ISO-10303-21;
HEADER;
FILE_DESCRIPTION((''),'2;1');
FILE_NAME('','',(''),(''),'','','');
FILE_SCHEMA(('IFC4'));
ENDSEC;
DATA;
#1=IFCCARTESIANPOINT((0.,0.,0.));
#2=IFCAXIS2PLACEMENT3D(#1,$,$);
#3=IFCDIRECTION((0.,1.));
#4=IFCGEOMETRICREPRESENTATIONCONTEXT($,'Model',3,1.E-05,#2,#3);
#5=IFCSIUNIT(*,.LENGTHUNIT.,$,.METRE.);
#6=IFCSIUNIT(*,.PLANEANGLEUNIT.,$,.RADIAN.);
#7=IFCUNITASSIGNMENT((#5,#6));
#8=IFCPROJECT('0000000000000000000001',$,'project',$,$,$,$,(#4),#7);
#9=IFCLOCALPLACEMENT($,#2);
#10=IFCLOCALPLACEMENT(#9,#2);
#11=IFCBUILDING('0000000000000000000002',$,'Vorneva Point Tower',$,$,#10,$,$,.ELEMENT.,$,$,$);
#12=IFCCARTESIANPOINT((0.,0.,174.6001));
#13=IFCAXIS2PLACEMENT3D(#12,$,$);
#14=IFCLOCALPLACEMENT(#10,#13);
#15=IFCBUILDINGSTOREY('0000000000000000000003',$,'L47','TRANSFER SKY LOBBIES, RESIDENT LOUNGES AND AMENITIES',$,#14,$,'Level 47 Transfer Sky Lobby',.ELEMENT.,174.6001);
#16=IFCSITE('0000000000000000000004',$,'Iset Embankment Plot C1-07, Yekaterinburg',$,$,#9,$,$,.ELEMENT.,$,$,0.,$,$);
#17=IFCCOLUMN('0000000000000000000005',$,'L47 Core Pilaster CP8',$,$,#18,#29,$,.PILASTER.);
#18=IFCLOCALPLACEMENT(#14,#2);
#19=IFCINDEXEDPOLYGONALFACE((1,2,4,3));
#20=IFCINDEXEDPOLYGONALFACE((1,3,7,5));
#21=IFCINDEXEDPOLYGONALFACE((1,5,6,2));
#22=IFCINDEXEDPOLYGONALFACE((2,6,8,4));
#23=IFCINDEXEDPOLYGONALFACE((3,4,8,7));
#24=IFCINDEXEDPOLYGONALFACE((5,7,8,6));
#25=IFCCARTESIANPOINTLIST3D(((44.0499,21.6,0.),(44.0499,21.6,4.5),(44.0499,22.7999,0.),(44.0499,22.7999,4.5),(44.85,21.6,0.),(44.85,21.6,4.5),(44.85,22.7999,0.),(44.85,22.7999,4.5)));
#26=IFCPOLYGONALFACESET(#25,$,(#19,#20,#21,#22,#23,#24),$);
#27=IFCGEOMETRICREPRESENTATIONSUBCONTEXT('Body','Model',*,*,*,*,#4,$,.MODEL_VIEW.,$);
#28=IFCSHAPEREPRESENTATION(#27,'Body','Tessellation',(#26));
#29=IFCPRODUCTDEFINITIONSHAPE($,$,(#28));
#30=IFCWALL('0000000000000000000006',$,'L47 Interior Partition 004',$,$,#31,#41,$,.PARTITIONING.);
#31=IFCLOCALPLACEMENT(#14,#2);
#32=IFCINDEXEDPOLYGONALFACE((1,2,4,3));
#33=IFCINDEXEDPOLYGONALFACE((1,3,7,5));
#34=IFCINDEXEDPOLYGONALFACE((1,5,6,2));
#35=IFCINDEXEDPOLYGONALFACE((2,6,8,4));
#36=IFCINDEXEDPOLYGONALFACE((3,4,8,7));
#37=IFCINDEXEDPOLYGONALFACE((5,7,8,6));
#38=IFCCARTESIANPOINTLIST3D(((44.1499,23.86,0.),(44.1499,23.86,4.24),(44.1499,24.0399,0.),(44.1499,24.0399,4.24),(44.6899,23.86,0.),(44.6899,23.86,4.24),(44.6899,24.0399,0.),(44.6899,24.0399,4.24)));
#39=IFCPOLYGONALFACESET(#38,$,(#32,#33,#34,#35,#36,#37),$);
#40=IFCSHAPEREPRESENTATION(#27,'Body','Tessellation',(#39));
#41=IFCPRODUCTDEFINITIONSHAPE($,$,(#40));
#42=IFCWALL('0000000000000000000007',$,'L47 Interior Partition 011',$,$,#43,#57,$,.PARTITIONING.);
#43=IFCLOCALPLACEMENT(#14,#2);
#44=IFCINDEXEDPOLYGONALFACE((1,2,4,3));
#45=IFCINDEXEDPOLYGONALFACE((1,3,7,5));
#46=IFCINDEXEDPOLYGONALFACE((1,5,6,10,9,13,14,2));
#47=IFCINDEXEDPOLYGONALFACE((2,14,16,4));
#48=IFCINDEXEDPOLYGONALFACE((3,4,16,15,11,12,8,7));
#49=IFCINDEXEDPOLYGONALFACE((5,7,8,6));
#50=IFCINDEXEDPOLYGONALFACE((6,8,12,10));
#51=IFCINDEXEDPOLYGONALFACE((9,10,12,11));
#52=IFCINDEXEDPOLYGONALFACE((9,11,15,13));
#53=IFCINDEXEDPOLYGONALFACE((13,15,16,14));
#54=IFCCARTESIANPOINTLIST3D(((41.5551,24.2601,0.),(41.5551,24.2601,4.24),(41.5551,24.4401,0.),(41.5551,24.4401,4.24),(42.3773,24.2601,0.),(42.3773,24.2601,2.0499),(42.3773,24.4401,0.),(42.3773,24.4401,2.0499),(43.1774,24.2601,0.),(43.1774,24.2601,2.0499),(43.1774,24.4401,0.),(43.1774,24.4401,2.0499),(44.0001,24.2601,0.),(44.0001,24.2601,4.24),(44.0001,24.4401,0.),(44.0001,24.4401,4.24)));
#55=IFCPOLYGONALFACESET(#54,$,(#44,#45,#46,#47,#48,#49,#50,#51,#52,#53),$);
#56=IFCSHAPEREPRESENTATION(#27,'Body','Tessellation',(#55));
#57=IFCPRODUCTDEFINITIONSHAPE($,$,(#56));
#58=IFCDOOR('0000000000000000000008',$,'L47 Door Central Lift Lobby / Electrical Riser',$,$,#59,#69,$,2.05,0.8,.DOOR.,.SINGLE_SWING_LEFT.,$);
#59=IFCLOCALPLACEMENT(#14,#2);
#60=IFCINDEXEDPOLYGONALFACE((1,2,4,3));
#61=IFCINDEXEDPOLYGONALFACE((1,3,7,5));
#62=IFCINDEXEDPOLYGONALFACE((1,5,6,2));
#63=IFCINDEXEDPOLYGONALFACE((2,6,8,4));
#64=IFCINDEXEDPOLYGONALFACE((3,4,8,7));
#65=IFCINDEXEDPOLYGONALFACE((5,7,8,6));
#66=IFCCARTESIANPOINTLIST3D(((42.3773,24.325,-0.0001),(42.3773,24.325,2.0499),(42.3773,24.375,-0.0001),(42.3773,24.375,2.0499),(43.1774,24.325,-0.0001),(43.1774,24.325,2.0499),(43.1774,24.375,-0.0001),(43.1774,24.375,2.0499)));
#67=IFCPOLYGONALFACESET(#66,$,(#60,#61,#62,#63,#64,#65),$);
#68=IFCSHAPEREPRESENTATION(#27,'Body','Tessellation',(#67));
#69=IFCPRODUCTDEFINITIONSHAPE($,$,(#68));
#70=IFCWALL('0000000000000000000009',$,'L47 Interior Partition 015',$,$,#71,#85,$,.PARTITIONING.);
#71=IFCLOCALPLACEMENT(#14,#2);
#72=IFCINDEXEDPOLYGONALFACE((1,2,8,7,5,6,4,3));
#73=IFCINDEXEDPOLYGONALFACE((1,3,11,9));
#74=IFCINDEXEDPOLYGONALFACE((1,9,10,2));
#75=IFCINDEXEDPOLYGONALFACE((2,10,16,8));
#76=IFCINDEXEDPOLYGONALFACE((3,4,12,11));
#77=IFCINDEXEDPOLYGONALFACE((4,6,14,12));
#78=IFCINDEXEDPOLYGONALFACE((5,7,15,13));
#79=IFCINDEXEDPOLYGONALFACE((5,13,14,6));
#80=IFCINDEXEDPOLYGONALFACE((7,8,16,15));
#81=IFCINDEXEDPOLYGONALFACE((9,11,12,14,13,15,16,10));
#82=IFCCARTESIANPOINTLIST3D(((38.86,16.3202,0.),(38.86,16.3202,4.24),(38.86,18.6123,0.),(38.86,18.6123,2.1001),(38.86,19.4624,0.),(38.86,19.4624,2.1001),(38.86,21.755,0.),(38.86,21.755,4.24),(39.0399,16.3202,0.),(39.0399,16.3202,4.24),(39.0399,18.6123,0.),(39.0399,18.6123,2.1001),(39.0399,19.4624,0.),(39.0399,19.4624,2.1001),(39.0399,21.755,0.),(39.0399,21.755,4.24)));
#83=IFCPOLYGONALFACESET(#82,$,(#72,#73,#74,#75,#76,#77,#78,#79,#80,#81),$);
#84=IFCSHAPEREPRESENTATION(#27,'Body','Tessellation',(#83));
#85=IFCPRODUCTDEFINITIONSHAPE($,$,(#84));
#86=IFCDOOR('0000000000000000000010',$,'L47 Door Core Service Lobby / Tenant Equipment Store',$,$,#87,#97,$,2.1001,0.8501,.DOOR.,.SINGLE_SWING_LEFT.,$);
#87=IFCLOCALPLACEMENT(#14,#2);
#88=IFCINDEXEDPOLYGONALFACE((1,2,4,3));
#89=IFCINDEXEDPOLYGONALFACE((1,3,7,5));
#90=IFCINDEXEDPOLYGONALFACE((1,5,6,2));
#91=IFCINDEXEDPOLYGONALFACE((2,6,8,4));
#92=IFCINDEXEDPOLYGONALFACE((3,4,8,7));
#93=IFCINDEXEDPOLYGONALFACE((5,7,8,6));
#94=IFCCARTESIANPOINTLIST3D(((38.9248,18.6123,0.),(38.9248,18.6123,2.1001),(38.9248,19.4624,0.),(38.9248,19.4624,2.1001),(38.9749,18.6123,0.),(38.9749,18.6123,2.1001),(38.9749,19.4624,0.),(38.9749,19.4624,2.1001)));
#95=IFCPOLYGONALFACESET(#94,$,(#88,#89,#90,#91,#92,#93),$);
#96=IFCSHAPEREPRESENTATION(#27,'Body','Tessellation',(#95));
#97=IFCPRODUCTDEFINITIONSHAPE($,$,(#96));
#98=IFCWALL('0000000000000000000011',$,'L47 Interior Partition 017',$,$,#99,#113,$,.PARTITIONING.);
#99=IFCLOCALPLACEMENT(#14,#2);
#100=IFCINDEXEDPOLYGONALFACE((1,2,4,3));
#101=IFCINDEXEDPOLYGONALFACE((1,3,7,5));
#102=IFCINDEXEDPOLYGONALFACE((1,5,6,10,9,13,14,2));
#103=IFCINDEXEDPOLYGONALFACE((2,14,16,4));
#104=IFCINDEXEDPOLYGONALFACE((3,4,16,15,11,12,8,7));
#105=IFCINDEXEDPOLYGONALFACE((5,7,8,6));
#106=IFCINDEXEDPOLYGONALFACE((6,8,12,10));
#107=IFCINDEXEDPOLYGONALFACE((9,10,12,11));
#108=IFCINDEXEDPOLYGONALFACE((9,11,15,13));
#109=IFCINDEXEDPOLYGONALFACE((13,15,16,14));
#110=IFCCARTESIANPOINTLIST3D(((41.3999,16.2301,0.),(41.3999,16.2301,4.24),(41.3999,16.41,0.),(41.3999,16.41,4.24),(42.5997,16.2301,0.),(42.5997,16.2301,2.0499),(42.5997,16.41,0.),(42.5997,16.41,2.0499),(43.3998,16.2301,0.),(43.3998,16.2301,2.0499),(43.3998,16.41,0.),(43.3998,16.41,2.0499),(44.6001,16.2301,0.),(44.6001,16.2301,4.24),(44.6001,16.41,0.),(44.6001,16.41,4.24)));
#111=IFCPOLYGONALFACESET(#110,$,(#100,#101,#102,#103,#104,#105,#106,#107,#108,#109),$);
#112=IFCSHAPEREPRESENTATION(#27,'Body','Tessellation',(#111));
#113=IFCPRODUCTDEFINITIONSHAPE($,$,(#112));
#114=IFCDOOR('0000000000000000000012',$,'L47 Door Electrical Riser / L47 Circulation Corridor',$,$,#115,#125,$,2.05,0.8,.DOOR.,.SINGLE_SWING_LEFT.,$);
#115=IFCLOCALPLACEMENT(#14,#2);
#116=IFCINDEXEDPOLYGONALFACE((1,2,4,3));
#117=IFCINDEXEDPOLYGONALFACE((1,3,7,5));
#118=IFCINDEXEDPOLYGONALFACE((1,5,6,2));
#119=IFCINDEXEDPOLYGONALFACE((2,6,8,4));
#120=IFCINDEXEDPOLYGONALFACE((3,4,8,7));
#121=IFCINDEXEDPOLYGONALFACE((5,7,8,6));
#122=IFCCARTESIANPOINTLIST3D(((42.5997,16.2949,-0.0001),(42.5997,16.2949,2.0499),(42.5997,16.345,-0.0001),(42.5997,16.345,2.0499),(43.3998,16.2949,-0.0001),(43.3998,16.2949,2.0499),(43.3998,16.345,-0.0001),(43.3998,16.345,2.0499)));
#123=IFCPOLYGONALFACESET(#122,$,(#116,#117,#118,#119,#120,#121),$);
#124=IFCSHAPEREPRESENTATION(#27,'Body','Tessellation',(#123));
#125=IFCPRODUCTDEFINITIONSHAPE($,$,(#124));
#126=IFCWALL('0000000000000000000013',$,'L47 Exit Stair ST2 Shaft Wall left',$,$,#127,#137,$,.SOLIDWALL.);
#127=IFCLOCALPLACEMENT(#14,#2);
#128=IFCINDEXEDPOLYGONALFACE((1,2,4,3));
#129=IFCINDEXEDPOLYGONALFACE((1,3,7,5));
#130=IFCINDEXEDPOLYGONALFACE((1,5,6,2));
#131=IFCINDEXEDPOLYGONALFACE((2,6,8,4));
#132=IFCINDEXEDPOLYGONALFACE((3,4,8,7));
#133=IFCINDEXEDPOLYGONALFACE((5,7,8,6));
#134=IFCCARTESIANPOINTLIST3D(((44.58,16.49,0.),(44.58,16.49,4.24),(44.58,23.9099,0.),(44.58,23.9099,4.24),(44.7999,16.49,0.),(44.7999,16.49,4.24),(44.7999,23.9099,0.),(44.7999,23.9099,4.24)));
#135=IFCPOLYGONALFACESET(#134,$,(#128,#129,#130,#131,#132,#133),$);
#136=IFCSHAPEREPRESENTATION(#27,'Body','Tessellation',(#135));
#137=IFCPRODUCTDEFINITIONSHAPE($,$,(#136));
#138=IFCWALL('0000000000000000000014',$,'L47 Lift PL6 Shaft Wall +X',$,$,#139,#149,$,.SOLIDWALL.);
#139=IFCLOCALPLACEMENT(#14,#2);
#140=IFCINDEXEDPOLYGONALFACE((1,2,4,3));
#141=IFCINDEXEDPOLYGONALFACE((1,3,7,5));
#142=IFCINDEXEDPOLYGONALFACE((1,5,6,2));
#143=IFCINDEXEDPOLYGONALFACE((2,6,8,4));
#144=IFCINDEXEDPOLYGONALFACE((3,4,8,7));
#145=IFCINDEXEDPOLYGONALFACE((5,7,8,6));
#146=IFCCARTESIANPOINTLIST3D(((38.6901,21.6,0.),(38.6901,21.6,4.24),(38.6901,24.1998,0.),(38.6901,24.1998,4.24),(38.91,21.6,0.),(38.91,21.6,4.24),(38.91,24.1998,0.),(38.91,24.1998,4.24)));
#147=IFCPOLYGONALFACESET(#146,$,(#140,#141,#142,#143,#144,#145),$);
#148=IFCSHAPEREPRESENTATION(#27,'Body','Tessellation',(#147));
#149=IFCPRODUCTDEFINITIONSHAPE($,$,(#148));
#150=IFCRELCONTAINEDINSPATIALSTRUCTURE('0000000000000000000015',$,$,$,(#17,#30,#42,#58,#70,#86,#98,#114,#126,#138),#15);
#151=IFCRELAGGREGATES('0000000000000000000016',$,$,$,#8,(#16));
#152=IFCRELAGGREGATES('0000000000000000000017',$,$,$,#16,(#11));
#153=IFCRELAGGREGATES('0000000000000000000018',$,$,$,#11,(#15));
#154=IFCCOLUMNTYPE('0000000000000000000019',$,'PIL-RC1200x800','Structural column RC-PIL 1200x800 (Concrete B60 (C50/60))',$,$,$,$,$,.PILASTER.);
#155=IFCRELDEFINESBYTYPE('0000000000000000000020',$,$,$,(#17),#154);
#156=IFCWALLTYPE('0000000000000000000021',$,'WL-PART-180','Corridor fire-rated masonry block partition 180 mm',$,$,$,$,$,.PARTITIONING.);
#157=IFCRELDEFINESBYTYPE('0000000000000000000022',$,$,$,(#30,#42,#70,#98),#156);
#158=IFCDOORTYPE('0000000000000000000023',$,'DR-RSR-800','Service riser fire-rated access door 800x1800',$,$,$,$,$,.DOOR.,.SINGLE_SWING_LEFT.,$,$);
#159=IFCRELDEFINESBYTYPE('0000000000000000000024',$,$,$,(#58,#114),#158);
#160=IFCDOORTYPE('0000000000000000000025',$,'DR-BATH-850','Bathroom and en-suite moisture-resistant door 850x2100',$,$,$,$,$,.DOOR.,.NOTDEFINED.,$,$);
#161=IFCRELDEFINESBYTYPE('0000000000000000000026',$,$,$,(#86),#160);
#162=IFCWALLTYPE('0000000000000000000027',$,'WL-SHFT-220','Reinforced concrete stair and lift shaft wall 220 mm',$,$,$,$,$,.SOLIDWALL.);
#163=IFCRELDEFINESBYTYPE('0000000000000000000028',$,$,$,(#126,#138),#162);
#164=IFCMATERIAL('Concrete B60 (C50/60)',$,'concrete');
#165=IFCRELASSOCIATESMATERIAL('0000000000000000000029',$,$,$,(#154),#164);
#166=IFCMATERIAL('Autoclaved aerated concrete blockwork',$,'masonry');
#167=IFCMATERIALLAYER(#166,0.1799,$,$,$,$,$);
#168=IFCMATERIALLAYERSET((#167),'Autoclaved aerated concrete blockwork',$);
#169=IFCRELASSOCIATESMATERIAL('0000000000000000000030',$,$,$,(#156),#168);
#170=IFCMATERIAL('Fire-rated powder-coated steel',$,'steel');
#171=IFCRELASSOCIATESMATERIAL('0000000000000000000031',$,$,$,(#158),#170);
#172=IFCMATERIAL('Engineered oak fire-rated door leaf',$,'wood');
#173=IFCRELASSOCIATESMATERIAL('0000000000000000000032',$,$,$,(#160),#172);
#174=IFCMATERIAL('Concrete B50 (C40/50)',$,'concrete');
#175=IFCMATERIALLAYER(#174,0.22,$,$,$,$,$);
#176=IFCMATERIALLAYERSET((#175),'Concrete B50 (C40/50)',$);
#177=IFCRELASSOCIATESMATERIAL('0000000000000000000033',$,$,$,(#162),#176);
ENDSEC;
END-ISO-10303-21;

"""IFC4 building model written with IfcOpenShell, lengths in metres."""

from ifc_helpers import new_model, si_unit, direction, frame, frame_2d, origin, origin_2d, place, context, subcontext, project, spatial, rectangle, extrude, material, layer, layer_set, material_profile, profile_set, type_object, element, fill, save


model = new_model("IFC4")

# Units and contexts
model_context = context("Model", 3, precision=1e-05, world=origin(), true_north=direction((0.0, 1.0)))
body_context = subcontext(model_context, "Body", "Model", "MODEL_VIEW")
ifc_project = project(units=[si_unit("LENGTHUNIT", "METRE"), si_unit("PLANEANGLEUNIT", "RADIAN")], contexts=[model_context])

# Site, building, storey
site_placement = place(None, origin())
site = spatial("IfcSite", under=ifc_project, at=site_placement, Name="Iset Embankment Plot C1-07, Yekaterinburg", CompositionType="ELEMENT", RefElevation=0.0)
building_placement = place(site_placement, origin())
building = spatial("IfcBuilding", under=site, at=building_placement, Name="Vorneva Point Tower", CompositionType="ELEMENT")
storey_placement = place(building_placement, frame((0.0, 0.0, 174.6001)))
storey = spatial("IfcBuildingStorey", under=building, at=storey_placement, Name="L47", Description="TRANSFER SKY LOBBIES, RESIDENT LOUNGES AND AMENITIES", LongName="Level 47 Transfer Sky Lobby", CompositionType="ELEMENT", Elevation=174.6001)

# Column
ifc_material_1 = material(Name="Concrete B60 (C50/60)", Category="concrete")
ifc_material_profile = material_profile(ifc_material_1, rectangle(XDim=0.8, YDim=1.2, at=origin_2d()), Name="RC-PIL 1200x800")
ifc_profile_set = profile_set([ifc_material_profile], Name="Concrete B60 (C50/60)")
column_type = type_object("IfcColumnType", Name="PIL-RC1200x800", Description="Structural column RC-PIL 1200x800 (Concrete B60 (C50/60))", PredefinedType="PILASTER", material=ifc_profile_set)
column_placement = place(storey_placement, frame((44.45, 22.2, 0.0), z_axis=(0.0, 0.0, 1.0), x_axis=(1.0, 0.0, 0.0)))
element("IfcColumn", 1, at=column_placement, inside=storey, type_object=column_type, Name="L47 Core Pilaster CP8", PredefinedType="PILASTER", context=body_context, shape_type="SweptSolid", body=[
    extrude(rectangle(XDim=0.8, YDim=1.2, at=origin_2d()), origin(), (0.0, 0.0, 1.0), 4.5),
])

# Wall
ifc_material_2 = material(Name="Autoclaved aerated concrete blockwork", Category="masonry")
ifc_layer_1 = layer(ifc_material_2, 0.1799)
ifc_layer_set_1 = layer_set([ifc_layer_1], Name="Autoclaved aerated concrete blockwork")
wall_type_1 = type_object("IfcWallType", Name="WL-PART-180", Description="Corridor fire-rated masonry block partition 180 mm", PredefinedType="PARTITIONING", material=ifc_layer_set_1)
wall_1_placement = place(storey_placement, frame((44.1499, 23.95, 0.0), z_axis=(0.0, 0.0, 1.0), x_axis=(1.0, 0.0, 0.0)))
element("IfcWall", 2, at=wall_1_placement, inside=storey, type_object=wall_type_1, Name="L47 Interior Partition 004", PredefinedType="PARTITIONING", context=body_context, shape_type="SweptSolid", body=[
    extrude(rectangle(XDim=0.54, YDim=0.1799, at=frame_2d((0.27, 0.0))), origin(), (0.0, 0.0, 1.0), 4.24),
])

# Walls, openings, doors
ifc_material_3 = material(Name="Fire-rated powder-coated steel", Category="steel")
wall_2_placement = place(storey_placement, frame((41.5549, 24.3501, 0.0), z_axis=(0.0, 0.0, 1.0), x_axis=(1.0, 0.0, 0.0)))
wall_2 = element("IfcWall", 3, at=wall_2_placement, inside=storey, type_object=wall_type_1, Name="L47 Interior Partition 011", PredefinedType="PARTITIONING", context=body_context, shape_type="SweptSolid", body=[
    extrude(rectangle(XDim=2.4451, YDim=0.1799, at=frame_2d((1.2227, 0.0))), origin(), (0.0, 0.0, 1.0), 4.24),
])
opening_1_placement = place(wall_2_placement, frame((0.8225, 0.0, 0.0)))
opening_1 = element("IfcOpeningElement", 4, at=opening_1_placement, cuts=wall_2, PredefinedType="OPENING", context=body_context, shape_type="SweptSolid", body=[
    extrude(rectangle(XDim=0.8, YDim=2.05, at=frame_2d((0.3999, 1.0249))), frame((0.0, 0.105, 0.0), z_axis=(0.0, -1.0, 0.0), x_axis=(1.0, 0.0, 0.0)), (0.0, 0.0, 1.0), 0.2097),
])
door_type_1 = type_object("IfcDoorType", Name="DR-RSR-800", Description="Service riser fire-rated access door 800x1800", OperationType="SINGLE_SWING_LEFT", PredefinedType="DOOR", material=ifc_material_3)
door_1_placement = place(opening_1_placement, origin())
door_1 = element("IfcDoor", 5, at=door_1_placement, inside=storey, type_object=door_type_1, Name="L47 Door Central Lift Lobby / Electrical Riser", OperationType="SINGLE_SWING_LEFT", OverallHeight=2.05, OverallWidth=0.8, PredefinedType="DOOR", context=body_context, shape_type="SweptSolid", body=[
    extrude(rectangle(XDim=0.8, YDim=2.05, at=frame_2d((0.3999, 1.0249))), frame((0.0, 0.0249, 0.0), z_axis=(0.0, -1.0, 0.0), x_axis=(1.0, 0.0, 0.0)), (0.0, 0.0, 1.0), 0.05),
])
fill(opening_1, door_1)
wall_3_placement = place(storey_placement, frame((38.95, 21.7549, 0.0), z_axis=(0.0, 0.0, 1.0), x_axis=(0.0, -1.0, 0.0)))
wall_3 = element("IfcWall", 6, at=wall_3_placement, inside=storey, type_object=wall_type_1, Name="L47 Interior Partition 015", PredefinedType="PARTITIONING", context=body_context, shape_type="SweptSolid", body=[
    extrude(rectangle(XDim=5.4348, YDim=0.1799, at=frame_2d((2.7173, 0.0))), origin(), (0.0, 0.0, 1.0), 4.24),
])
opening_2_placement = place(wall_3_placement, frame((2.2925, 0.0, 0.0)))
opening_2 = element("IfcOpeningElement", 7, at=opening_2_placement, cuts=wall_3, PredefinedType="OPENING", context=body_context, shape_type="SweptSolid", body=[
    extrude(rectangle(XDim=0.8501, YDim=2.1001, at=frame_2d((0.425, 1.05))), frame((0.0, 0.105, 0.0), z_axis=(0.0, -1.0, 0.0), x_axis=(1.0, 0.0, 0.0)), (0.0, 0.0, 1.0), 0.2097),
])
ifc_material_4 = material(Name="Engineered oak fire-rated door leaf", Category="wood")
door_type_2 = type_object("IfcDoorType", Name="DR-BATH-850", Description="Bathroom and en-suite moisture-resistant door 850x2100", OperationType="NOTDEFINED", PredefinedType="DOOR", material=ifc_material_4)
door_2_placement = place(opening_2_placement, origin())
door_2 = element("IfcDoor", 8, at=door_2_placement, inside=storey, type_object=door_type_2, Name="L47 Door Core Service Lobby / Tenant Equipment Store", OperationType="SINGLE_SWING_LEFT", OverallHeight=2.1001, OverallWidth=0.8501, PredefinedType="DOOR", context=body_context, shape_type="SweptSolid", body=[
    extrude(rectangle(XDim=0.8501, YDim=2.1001, at=frame_2d((0.425, 1.05))), frame((0.0, 0.0249, 0.0), z_axis=(0.0, -1.0, 0.0), x_axis=(1.0, 0.0, 0.0)), (0.0, 0.0, 1.0), 0.05),
])
fill(opening_2, door_2)
wall_4_placement = place(storey_placement, frame((41.3999, 16.3201, 0.0), z_axis=(0.0, 0.0, 1.0), x_axis=(1.0, 0.0, 0.0)))
wall_4 = element("IfcWall", 9, at=wall_4_placement, inside=storey, type_object=wall_type_1, Name="L47 Interior Partition 017", PredefinedType="PARTITIONING", context=body_context, shape_type="SweptSolid", body=[
    extrude(rectangle(XDim=3.2002, YDim=0.1799, at=frame_2d((1.6001, 0.0))), origin(), (0.0, 0.0, 1.0), 4.24),
])
opening_3_placement = place(wall_4_placement, frame((1.2, 0.0, 0.0)))
opening_3 = element("IfcOpeningElement", 10, at=opening_3_placement, cuts=wall_4, PredefinedType="OPENING", context=body_context, shape_type="SweptSolid", body=[
    extrude(rectangle(XDim=0.8, YDim=2.05, at=frame_2d((0.3999, 1.0249))), frame((0.0, 0.105, 0.0), z_axis=(0.0, -1.0, 0.0), x_axis=(1.0, 0.0, 0.0)), (0.0, 0.0, 1.0), 0.2097),
])
door_3_placement = place(opening_3_placement, origin())
door_3 = element("IfcDoor", 11, at=door_3_placement, inside=storey, type_object=door_type_1, Name="L47 Door Electrical Riser / L47 Circulation Corridor", OperationType="SINGLE_SWING_LEFT", OverallHeight=2.05, OverallWidth=0.8, PredefinedType="DOOR", context=body_context, shape_type="SweptSolid", body=[
    extrude(rectangle(XDim=0.8, YDim=2.05, at=frame_2d((0.3999, 1.0249))), frame((0.0, 0.0249, 0.0), z_axis=(0.0, -1.0, 0.0), x_axis=(1.0, 0.0, 0.0)), (0.0, 0.0, 1.0), 0.05),
])
fill(opening_3, door_3)
ifc_material_5 = material(Name="Concrete B50 (C40/50)", Category="concrete")
ifc_layer_2 = layer(ifc_material_5, 0.22)
ifc_layer_set_2 = layer_set([ifc_layer_2], Name="Concrete B50 (C40/50)")
wall_type_2 = type_object("IfcWallType", Name="WL-SHFT-220", Description="Reinforced concrete stair and lift shaft wall 220 mm", PredefinedType="SOLIDWALL", material=ifc_layer_set_2)

# Walls
wall_5_placement = place(storey_placement, frame((44.6899, 16.49, 0.0), z_axis=(0.0, 0.0, 1.0), x_axis=(0.0, 1.0, 0.0)))
element("IfcWall", 12, at=wall_5_placement, inside=storey, type_object=wall_type_2, Name="L47 Exit Stair ST2 Shaft Wall left", PredefinedType="SOLIDWALL", context=body_context, shape_type="SweptSolid", body=[
    extrude(rectangle(XDim=7.4199, YDim=0.22, at=frame_2d((3.71, 0.0))), origin(), (0.0, 0.0, 1.0), 4.24),
])
wall_6_placement = place(storey_placement, frame((38.8, 21.6001, 0.0), z_axis=(0.0, 0.0, 1.0), x_axis=(0.0, 1.0, 0.0)))
element("IfcWall", 13, at=wall_6_placement, inside=storey, type_object=wall_type_2, Name="L47 Lift PL6 Shaft Wall +X", PredefinedType="SOLIDWALL", context=body_context, shape_type="SweptSolid", body=[
    extrude(rectangle(XDim=2.5999, YDim=0.22, at=frame_2d((1.2998, 0.0))), origin(), (0.0, 0.0, 1.0), 4.24),
])

save(model, "model.ifc")
